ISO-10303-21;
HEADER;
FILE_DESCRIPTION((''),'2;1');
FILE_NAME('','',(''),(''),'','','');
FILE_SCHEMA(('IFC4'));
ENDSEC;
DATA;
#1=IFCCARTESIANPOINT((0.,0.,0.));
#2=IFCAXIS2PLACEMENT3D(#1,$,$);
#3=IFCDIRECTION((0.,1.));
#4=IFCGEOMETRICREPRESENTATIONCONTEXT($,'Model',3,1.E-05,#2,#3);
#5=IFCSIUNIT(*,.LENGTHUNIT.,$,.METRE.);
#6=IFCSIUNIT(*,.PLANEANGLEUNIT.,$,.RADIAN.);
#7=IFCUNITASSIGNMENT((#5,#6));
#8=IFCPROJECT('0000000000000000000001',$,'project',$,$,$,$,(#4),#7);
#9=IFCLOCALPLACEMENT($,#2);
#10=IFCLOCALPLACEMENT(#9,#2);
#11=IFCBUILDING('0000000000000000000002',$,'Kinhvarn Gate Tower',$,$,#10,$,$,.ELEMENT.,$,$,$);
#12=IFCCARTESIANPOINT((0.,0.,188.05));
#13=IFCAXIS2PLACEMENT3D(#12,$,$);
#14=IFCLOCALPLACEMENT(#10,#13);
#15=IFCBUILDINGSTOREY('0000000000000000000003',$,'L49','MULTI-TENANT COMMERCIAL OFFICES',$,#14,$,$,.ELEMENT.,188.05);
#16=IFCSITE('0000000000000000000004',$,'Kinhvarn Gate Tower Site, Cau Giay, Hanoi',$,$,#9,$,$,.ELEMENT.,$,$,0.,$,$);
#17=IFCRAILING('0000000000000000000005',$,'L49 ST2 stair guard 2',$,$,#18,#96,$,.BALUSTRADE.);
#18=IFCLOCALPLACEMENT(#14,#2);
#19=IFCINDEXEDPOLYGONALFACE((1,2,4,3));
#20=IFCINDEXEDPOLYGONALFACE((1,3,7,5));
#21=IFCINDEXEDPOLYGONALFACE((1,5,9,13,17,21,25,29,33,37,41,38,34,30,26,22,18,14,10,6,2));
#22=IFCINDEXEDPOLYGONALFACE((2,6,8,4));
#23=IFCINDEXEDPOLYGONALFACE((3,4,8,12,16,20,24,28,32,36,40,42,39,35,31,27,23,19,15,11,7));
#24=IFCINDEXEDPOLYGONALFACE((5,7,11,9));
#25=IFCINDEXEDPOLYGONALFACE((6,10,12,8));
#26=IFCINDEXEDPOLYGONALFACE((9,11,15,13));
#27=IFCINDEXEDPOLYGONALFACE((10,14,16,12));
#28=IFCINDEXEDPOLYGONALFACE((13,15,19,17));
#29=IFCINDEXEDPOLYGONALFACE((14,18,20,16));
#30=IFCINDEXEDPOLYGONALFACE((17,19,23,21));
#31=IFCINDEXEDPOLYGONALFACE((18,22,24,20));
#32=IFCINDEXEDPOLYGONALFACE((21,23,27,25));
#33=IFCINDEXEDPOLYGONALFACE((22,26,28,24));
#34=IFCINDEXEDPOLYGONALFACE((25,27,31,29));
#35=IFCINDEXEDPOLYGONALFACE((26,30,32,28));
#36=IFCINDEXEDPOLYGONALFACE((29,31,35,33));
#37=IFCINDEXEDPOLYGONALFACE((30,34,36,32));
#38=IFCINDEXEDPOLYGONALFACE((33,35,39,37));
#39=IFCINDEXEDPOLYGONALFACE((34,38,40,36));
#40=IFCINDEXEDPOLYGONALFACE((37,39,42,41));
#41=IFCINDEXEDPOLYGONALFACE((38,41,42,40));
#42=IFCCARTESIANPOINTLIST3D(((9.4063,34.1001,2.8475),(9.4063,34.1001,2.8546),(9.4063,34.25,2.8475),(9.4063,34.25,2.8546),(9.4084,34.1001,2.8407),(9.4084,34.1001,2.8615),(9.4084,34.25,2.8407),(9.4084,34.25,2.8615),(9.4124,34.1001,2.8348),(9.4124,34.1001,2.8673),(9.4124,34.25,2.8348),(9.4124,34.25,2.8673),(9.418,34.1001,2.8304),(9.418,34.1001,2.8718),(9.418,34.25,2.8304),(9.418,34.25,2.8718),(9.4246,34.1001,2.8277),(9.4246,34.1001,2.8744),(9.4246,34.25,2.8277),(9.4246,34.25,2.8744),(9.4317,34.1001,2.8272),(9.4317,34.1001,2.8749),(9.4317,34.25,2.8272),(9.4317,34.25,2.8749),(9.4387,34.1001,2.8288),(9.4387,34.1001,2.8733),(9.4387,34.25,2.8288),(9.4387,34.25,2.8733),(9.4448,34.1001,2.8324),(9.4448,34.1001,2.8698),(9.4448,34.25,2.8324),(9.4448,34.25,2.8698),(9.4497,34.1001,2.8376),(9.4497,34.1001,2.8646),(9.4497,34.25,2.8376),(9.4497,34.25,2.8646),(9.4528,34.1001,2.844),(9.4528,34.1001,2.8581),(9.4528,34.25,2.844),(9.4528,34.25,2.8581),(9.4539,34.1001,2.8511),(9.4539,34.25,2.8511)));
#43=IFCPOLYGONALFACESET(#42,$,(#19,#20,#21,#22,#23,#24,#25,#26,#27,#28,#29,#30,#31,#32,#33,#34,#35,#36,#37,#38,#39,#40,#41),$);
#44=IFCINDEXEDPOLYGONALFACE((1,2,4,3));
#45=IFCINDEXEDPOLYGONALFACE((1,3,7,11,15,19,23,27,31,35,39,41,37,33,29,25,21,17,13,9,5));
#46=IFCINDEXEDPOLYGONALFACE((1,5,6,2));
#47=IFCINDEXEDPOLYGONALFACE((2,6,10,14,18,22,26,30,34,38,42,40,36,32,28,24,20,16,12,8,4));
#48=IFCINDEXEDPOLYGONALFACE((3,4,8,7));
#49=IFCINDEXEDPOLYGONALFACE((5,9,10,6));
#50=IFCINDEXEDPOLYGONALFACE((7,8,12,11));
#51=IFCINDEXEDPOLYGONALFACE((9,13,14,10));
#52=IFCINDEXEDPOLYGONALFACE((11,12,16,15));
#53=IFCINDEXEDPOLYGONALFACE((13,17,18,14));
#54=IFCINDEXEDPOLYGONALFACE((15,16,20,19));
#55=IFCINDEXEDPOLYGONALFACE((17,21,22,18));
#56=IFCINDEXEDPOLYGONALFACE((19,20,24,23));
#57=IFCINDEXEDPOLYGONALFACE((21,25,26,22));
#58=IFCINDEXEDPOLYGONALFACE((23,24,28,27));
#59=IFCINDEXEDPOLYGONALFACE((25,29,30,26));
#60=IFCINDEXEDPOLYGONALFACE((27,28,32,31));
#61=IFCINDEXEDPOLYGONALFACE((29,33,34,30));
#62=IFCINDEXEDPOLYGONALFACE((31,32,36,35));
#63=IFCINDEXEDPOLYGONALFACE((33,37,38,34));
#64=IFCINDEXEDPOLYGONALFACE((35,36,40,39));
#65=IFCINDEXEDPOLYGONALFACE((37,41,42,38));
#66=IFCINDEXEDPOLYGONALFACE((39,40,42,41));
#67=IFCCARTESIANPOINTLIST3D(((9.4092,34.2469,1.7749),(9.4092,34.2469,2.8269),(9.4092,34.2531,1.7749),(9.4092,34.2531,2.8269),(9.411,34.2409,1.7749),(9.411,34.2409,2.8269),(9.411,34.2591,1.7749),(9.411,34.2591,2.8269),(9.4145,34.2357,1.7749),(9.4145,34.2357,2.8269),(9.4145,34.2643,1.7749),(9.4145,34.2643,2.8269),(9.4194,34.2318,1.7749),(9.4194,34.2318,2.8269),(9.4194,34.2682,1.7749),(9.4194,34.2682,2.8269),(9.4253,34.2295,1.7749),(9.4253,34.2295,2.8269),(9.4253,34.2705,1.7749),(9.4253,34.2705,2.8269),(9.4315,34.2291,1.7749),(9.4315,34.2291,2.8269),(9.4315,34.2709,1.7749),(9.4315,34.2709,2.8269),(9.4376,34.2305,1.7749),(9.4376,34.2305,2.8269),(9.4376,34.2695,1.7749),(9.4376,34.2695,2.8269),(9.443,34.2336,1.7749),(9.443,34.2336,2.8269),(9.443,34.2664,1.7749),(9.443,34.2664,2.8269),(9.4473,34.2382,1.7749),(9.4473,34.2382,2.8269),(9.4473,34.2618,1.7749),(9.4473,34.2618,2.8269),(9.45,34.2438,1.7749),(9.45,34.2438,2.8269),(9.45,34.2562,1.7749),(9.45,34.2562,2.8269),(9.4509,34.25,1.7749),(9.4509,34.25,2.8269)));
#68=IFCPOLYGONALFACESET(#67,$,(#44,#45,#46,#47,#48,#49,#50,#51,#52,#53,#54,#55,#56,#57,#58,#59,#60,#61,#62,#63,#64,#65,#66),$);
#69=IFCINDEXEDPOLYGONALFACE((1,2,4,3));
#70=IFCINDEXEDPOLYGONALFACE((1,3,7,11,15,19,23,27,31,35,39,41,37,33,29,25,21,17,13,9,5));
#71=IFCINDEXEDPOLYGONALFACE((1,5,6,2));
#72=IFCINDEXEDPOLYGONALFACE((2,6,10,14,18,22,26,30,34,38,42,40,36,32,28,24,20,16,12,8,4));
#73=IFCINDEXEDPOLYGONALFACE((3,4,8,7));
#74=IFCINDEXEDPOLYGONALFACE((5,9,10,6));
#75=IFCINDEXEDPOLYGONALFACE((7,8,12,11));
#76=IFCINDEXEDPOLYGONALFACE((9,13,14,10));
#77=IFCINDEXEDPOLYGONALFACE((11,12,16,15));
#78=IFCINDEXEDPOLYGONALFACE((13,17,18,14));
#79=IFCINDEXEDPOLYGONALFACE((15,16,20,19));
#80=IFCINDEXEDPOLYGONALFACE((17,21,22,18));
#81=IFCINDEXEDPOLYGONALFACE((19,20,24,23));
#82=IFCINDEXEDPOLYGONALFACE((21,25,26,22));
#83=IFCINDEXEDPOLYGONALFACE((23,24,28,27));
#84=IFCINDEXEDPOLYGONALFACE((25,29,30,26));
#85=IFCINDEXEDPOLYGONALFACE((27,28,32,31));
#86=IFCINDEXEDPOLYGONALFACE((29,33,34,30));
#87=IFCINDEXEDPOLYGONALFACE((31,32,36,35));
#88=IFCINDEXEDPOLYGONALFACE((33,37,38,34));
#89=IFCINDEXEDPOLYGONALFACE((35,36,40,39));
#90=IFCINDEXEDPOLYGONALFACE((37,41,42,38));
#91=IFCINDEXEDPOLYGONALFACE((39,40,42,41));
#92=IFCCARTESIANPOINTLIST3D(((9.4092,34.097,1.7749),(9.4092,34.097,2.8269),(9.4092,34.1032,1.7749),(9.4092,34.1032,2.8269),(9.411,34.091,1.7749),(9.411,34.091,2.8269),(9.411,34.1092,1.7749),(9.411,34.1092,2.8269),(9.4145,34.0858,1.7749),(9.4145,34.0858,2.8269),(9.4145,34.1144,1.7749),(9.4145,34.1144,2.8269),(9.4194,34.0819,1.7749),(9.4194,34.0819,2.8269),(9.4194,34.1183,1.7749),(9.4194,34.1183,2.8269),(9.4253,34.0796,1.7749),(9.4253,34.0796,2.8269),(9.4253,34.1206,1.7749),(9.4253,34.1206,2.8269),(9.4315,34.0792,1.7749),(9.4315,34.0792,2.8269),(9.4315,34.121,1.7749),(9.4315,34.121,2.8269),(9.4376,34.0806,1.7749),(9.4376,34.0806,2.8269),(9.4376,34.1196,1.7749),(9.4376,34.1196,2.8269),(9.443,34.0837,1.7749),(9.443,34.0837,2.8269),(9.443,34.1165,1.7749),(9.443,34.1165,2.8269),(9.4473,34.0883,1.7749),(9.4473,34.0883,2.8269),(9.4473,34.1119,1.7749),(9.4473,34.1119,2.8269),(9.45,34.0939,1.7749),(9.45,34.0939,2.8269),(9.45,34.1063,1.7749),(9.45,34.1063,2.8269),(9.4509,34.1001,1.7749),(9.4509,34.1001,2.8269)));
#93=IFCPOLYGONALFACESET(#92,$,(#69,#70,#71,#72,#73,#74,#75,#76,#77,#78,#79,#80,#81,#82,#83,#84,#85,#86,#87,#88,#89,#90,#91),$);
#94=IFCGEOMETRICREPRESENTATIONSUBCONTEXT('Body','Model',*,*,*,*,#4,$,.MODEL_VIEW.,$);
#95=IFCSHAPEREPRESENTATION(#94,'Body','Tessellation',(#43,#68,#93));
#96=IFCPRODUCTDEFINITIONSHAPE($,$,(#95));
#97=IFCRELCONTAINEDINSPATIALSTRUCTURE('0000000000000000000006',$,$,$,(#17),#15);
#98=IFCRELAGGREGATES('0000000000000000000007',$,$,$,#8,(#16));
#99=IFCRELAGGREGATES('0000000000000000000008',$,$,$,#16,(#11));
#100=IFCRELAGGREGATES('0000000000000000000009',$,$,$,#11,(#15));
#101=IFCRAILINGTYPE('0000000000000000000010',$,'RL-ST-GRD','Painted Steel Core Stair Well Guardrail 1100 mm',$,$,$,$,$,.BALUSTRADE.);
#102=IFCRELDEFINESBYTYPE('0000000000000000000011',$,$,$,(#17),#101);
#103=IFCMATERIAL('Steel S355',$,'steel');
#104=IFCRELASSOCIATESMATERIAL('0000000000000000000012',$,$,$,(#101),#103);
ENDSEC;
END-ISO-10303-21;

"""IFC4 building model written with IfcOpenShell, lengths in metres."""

from ifc_helpers import new_model, si_unit, direction, frame, origin, origin_2d, place, context, subcontext, project, spatial, circle, extrude, material, type_object, element, save


model = new_model("IFC4")

# Units and contexts
model_context = context("Model", 3, precision=1e-05, world=origin(), true_north=direction((0.0, 1.0)))
body_context = subcontext(model_context, "Body", "Model", "MODEL_VIEW")
ifc_project = project(units=[si_unit("LENGTHUNIT", "METRE"), si_unit("PLANEANGLEUNIT", "RADIAN")], contexts=[model_context])

# Site, building, storey
site_placement = place(None, origin())
site = spatial("IfcSite", under=ifc_project, at=site_placement, Name="Kinhvarn Gate Tower Site, Cau Giay, Hanoi", CompositionType="ELEMENT", RefElevation=0.0)
building_placement = place(site_placement, origin())
building = spatial("IfcBuilding", under=site, at=building_placement, Name="Kinhvarn Gate Tower", CompositionType="ELEMENT")
storey_placement = place(building_placement, frame((0.0, 0.0, 188.05)))
storey = spatial("IfcBuildingStorey", under=building, at=storey_placement, Name="L49", Description="MULTI-TENANT COMMERCIAL OFFICES", CompositionType="ELEMENT", Elevation=188.05)

# Railing
ifc_material_1 = material(Name="Steel S355", Category="steel")
railing_type_1 = type_object("IfcRailingType", Name="RL-ST-GRD", Description="Painted Steel Core Stair Well Guardrail 1100 mm", PredefinedType="BALUSTRADE", material=ifc_material_1)
railing_1_placement = place(storey_placement, frame((9.4299, 34.25, 1.7749)))
element("IfcRailing", 1, at=railing_1_placement, inside=storey, type_object=railing_type_1, Name="L49 ST2 stair guard 2", PredefinedType="BALUSTRADE", context=body_context, shape_type="SweptSolid", body=[
    extrude(circle(Radius=0.0239, at=origin_2d()), frame((0.0, 0.0, 1.0762), z_axis=(0.0, -1.0, 0.0), x_axis=(1.0, 0.0, 0.0)), (0.0, 0.0, 1.0), 0.1499),
    extrude(circle(Radius=0.021, at=origin_2d()), origin(), (0.0, 0.0, 1.0), 1.052),
    extrude(circle(Radius=0.021, at=origin_2d()), frame((0.0, -0.1499, 0.0)), (0.0, 0.0, 1.0), 1.052),
])

save(model, "model.ifc")
